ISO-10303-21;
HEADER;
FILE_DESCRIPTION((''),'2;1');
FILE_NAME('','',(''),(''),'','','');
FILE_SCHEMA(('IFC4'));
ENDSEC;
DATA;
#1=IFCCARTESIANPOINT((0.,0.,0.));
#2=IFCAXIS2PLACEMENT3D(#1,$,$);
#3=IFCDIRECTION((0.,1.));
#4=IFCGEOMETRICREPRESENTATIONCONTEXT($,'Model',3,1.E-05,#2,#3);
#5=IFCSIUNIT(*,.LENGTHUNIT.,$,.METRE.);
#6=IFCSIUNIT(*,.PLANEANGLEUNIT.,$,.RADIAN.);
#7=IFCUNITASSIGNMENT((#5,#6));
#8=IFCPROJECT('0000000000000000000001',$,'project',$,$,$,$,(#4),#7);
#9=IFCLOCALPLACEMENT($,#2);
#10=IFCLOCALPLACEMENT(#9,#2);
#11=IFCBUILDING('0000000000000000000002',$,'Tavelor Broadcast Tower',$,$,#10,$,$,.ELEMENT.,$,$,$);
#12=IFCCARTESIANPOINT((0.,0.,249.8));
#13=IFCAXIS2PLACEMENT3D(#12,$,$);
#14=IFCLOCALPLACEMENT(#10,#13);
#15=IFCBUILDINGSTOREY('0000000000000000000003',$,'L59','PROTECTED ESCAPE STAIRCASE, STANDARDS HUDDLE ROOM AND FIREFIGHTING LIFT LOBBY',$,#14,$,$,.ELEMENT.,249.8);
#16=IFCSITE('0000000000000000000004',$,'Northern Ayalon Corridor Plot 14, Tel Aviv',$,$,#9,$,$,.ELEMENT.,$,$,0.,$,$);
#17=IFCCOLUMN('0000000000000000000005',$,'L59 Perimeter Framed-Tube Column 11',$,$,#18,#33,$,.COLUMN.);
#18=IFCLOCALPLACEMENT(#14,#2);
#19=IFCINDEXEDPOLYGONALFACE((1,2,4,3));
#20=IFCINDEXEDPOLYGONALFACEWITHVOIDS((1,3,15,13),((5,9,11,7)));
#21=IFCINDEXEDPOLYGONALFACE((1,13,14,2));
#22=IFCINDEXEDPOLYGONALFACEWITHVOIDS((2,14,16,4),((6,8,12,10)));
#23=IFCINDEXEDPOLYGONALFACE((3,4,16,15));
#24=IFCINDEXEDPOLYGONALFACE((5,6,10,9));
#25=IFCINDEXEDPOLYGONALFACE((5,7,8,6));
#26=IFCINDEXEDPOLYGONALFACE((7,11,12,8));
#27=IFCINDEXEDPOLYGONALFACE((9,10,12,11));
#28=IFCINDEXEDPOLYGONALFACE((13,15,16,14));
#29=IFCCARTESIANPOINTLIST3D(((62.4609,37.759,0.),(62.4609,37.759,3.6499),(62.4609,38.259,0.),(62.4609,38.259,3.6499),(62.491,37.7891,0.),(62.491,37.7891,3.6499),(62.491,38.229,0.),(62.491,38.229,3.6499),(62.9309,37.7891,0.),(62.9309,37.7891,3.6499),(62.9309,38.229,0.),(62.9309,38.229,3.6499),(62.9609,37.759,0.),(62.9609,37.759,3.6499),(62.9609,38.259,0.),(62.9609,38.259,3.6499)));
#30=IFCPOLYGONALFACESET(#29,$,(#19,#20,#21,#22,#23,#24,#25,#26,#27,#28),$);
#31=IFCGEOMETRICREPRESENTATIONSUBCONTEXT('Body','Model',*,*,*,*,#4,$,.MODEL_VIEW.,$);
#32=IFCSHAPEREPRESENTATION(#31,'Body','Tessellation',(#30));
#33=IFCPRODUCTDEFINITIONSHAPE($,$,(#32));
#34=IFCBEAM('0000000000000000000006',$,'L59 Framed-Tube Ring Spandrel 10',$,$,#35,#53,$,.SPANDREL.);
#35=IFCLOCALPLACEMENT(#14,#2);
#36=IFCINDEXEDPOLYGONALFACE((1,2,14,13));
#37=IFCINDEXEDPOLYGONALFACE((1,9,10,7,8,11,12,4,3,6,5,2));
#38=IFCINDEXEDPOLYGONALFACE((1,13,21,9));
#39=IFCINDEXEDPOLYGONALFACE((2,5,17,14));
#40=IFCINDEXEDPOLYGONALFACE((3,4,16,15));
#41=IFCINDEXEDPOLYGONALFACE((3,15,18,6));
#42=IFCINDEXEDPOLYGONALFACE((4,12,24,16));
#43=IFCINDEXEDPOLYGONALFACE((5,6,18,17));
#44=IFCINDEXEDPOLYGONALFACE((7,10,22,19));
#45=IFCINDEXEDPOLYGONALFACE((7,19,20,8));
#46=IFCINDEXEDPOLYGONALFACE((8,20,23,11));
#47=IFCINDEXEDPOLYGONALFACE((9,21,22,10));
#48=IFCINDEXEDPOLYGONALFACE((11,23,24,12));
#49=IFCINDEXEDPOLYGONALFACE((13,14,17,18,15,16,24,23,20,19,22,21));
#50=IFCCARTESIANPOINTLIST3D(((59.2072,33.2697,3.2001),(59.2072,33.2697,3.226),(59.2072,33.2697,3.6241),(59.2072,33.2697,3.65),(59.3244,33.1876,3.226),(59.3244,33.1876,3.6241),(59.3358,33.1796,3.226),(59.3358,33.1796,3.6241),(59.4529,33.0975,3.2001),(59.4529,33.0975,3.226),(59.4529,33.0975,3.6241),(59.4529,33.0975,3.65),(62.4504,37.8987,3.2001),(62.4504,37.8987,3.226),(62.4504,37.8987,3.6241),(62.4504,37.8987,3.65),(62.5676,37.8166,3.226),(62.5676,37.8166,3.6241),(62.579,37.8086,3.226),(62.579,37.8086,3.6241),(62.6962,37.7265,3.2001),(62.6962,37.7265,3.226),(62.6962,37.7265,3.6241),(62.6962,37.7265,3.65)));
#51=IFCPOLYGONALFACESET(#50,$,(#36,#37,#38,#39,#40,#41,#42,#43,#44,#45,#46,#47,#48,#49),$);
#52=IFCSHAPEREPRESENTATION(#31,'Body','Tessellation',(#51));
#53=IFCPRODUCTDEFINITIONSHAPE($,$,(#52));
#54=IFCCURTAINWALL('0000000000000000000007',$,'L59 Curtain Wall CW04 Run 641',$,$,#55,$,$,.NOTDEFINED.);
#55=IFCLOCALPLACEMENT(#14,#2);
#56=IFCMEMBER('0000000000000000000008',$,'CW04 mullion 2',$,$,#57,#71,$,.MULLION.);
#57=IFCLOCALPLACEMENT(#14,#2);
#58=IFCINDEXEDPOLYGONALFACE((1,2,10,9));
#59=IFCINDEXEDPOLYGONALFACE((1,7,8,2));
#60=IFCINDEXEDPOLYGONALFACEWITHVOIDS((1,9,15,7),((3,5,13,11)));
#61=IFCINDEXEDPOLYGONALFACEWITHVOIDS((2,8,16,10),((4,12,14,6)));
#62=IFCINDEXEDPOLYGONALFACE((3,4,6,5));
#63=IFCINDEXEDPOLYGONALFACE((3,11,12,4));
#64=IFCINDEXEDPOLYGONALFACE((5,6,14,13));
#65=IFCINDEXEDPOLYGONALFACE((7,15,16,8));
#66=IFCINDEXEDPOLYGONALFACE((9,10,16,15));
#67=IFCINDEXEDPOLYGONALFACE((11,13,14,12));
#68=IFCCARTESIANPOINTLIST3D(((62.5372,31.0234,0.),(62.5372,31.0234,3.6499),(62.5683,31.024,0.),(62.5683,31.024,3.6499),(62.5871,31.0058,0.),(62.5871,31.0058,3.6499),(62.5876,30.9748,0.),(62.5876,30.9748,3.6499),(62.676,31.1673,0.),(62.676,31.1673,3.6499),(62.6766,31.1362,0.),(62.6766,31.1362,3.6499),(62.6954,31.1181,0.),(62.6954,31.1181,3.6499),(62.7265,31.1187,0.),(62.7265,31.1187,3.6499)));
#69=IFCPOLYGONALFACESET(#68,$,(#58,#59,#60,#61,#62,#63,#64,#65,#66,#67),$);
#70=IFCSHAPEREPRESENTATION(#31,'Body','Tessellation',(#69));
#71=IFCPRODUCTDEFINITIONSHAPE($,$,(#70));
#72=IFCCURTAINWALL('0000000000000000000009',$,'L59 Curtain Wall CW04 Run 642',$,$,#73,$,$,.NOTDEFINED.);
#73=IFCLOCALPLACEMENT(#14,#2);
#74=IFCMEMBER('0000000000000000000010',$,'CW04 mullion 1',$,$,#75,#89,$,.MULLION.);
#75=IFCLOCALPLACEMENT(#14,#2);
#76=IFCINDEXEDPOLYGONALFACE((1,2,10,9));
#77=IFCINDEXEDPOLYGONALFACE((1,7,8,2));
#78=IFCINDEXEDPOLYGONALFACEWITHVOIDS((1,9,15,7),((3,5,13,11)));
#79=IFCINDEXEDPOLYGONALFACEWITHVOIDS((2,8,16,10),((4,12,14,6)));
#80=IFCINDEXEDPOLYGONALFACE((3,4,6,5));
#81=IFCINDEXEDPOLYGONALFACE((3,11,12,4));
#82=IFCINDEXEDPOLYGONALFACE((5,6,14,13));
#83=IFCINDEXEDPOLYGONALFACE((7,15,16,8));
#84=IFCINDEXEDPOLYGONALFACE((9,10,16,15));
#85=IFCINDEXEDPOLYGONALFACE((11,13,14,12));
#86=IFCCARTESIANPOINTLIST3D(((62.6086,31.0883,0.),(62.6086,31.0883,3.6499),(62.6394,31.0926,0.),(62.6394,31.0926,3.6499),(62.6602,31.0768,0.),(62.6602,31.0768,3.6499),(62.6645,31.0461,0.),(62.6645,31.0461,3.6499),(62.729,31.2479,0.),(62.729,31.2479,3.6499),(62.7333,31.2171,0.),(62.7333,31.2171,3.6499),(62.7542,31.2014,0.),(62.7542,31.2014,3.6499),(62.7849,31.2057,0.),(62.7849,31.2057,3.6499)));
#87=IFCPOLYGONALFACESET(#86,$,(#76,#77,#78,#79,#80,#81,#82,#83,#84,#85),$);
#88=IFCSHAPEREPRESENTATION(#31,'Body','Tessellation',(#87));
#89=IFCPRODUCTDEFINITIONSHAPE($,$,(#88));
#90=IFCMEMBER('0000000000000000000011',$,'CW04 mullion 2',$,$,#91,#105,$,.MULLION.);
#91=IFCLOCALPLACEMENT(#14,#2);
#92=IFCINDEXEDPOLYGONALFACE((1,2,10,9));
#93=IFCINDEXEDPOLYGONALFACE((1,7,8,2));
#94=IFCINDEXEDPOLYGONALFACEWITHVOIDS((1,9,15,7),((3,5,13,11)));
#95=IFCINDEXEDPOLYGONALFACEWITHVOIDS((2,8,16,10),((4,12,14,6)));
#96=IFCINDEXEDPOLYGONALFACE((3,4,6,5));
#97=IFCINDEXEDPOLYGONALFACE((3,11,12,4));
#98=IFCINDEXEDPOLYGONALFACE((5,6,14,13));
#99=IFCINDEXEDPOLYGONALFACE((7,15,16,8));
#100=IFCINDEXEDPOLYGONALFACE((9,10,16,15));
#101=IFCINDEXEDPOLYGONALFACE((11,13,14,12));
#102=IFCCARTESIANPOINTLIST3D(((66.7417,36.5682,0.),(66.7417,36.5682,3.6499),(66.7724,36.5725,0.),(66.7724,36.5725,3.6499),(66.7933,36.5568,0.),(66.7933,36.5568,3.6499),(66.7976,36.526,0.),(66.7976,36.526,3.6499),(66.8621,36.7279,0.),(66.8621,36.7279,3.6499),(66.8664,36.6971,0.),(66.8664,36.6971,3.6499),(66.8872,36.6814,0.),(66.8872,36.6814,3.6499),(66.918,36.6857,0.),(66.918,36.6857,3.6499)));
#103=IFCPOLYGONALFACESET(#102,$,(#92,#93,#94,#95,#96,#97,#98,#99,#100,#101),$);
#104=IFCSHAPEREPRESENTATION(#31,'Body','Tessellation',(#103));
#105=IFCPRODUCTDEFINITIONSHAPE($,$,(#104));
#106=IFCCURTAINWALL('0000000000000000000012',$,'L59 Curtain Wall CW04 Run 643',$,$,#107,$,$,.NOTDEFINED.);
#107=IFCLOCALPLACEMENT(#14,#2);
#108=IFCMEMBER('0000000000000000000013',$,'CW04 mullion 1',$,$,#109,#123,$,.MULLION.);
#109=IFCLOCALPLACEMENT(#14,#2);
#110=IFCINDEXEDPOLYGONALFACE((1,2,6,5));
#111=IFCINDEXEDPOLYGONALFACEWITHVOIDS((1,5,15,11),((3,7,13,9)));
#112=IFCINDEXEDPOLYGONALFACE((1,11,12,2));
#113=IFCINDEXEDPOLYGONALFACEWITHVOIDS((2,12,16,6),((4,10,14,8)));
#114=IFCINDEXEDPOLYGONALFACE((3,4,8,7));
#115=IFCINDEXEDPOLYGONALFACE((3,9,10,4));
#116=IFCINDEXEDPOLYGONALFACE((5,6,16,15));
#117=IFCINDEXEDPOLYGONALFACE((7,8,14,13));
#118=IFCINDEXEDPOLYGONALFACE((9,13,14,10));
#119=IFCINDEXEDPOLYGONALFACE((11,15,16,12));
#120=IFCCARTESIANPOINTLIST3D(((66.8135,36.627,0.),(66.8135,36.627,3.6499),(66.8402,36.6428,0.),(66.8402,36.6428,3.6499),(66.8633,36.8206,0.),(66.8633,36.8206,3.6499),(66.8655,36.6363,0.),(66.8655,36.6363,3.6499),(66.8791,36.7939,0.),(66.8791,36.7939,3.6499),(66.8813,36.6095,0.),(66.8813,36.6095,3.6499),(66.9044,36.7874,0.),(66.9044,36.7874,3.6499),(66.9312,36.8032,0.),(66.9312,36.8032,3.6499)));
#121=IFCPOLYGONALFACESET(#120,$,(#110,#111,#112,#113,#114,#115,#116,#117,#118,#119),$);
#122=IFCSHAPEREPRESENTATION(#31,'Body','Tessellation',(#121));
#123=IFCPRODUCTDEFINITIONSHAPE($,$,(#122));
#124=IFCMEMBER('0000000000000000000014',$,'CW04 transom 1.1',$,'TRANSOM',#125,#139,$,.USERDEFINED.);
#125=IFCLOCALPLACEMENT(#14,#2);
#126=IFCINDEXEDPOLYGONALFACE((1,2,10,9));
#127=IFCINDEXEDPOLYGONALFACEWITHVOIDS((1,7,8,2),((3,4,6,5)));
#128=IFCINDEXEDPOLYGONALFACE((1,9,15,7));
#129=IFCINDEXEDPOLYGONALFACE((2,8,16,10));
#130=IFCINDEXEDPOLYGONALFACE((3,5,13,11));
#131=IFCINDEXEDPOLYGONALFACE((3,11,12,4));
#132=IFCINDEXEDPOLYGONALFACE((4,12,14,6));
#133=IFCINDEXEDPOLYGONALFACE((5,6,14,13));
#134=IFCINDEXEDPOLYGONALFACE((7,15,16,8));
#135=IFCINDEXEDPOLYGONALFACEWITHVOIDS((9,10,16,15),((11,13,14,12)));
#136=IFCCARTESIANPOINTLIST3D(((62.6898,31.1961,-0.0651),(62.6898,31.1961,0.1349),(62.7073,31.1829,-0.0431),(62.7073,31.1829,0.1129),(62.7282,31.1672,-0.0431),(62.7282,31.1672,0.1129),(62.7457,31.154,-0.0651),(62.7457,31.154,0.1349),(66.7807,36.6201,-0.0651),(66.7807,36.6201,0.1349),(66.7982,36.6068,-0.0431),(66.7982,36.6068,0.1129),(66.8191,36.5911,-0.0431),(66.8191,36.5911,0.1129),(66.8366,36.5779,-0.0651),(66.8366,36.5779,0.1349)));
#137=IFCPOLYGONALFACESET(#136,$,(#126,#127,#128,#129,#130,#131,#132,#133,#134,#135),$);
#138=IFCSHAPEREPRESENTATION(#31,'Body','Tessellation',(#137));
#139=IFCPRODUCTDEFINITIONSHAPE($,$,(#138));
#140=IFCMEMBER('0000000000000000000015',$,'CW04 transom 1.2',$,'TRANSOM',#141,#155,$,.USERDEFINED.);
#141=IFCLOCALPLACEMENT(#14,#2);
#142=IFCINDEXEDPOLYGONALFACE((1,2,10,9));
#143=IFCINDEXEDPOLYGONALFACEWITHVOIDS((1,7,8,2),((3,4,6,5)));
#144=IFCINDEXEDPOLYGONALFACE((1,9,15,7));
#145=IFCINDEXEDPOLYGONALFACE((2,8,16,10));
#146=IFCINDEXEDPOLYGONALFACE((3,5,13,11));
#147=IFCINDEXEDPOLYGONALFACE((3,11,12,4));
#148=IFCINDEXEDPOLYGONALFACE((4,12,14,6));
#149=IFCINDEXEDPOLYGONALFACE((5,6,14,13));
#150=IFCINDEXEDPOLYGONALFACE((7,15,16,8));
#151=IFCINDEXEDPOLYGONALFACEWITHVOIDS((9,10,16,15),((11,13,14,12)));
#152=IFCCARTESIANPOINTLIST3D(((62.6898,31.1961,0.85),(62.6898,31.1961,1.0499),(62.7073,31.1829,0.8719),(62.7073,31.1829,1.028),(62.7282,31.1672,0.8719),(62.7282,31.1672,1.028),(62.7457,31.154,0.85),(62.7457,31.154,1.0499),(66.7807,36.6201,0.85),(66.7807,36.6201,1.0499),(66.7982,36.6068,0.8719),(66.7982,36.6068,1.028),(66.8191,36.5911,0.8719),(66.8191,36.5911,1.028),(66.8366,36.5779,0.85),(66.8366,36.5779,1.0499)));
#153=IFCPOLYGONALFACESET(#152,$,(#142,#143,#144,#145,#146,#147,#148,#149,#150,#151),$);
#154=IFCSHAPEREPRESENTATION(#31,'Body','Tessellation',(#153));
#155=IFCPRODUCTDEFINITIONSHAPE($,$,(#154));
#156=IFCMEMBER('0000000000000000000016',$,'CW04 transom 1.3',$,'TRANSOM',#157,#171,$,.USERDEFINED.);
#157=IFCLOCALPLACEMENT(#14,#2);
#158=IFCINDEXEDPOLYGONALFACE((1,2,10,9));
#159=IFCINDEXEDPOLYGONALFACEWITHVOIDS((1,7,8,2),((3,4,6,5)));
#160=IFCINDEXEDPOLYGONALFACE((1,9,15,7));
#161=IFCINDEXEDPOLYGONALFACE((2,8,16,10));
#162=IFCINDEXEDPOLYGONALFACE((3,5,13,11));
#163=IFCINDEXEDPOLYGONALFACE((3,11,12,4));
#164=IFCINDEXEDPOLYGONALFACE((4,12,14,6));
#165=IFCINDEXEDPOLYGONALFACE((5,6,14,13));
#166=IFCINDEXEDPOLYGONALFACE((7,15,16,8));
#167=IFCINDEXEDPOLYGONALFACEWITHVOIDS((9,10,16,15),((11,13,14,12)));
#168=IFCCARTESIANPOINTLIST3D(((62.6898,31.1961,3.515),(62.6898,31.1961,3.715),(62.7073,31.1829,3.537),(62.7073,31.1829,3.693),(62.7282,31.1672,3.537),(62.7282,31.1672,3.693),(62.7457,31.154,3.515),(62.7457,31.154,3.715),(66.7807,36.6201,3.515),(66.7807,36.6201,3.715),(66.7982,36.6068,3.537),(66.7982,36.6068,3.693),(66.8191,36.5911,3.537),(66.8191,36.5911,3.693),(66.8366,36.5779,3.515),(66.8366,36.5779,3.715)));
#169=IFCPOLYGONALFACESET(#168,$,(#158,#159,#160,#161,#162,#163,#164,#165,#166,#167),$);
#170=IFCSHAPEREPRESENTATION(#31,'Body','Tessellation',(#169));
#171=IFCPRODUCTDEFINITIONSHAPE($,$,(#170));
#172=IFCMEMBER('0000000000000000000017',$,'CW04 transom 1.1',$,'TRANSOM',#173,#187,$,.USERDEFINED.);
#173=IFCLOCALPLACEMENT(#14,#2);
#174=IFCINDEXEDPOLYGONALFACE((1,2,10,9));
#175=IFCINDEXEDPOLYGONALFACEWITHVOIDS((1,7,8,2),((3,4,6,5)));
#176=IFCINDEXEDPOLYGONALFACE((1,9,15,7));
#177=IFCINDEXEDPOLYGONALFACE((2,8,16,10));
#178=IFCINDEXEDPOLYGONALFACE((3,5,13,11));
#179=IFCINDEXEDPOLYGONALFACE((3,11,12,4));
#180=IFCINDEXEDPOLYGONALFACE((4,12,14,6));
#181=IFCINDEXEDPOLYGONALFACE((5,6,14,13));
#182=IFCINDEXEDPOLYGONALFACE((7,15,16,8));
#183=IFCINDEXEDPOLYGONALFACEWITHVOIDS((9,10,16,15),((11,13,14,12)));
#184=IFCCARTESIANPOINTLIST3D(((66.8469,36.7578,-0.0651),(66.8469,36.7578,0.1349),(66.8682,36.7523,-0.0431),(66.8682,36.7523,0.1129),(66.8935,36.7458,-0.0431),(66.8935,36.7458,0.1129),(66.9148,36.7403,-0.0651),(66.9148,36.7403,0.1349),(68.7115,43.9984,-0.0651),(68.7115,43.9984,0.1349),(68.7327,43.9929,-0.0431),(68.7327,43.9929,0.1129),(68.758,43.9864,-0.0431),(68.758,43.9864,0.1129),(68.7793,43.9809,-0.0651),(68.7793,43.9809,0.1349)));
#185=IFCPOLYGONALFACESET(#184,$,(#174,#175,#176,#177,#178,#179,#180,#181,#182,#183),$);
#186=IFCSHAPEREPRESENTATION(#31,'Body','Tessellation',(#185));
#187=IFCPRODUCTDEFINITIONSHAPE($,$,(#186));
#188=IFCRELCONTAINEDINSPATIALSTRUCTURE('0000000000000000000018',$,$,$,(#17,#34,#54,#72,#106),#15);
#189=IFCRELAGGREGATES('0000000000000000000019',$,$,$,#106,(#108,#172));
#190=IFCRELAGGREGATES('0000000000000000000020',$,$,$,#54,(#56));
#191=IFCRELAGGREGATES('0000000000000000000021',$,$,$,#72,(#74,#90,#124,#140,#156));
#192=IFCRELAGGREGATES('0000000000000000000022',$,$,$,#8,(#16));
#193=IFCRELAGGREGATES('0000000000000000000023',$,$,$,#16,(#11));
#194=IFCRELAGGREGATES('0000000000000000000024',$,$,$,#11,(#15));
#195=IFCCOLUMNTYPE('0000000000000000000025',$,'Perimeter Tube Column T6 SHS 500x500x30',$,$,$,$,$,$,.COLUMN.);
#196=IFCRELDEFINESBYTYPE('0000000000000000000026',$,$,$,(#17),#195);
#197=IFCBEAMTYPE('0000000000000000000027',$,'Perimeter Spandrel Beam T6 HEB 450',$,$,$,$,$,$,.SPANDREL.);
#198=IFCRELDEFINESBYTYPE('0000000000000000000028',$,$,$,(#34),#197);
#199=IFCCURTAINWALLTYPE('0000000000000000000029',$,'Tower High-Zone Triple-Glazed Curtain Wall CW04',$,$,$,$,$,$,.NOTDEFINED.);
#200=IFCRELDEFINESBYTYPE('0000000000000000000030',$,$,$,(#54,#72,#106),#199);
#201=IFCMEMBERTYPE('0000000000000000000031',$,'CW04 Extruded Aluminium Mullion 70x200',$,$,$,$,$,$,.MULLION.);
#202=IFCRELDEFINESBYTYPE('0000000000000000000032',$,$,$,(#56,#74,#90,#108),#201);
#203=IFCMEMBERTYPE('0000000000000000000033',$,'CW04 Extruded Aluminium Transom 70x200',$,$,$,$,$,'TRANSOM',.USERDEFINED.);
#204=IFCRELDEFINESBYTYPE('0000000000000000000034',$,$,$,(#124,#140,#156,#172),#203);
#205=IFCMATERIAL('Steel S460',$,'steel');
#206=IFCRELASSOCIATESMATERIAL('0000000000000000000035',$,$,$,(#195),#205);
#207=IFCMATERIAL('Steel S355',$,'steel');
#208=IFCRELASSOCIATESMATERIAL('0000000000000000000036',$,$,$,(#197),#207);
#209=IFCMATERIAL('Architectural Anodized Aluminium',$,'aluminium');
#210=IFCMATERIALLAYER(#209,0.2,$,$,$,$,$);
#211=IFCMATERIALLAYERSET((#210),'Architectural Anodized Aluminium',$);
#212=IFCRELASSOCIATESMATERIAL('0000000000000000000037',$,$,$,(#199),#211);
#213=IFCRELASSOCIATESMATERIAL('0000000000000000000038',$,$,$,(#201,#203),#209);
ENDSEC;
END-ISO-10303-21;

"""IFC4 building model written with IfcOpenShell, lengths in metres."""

from ifc_helpers import new_model, si_unit, direction, frame, origin, origin_2d, place, context, subcontext, project, spatial, hollow_rectangle, i_section, extrude, source, transform, mapped, material, layer, layer_set, material_profile, profile_set, type_object, type_shapes, element, aggregate, save


model = new_model("IFC4")

# Units and contexts
model_context = context("Model", 3, precision=1e-05, world=origin(), true_north=direction((0.0, 1.0)))
body_context = subcontext(model_context, "Body", "Model", "MODEL_VIEW")
ifc_project = project(units=[si_unit("LENGTHUNIT", "METRE"), si_unit("PLANEANGLEUNIT", "RADIAN")], contexts=[model_context])

# Site, building, storey
site_placement = place(None, origin())
site = spatial("IfcSite", under=ifc_project, at=site_placement, Name="Northern Ayalon Corridor Plot 14, Tel Aviv", CompositionType="ELEMENT", RefElevation=0.0)
building_placement = place(site_placement, origin())
building = spatial("IfcBuilding", under=site, at=building_placement, Name="Tavelor Broadcast Tower", CompositionType="ELEMENT")
storey_placement = place(building_placement, frame((0.0, 0.0, 249.8)))
storey = spatial("IfcBuildingStorey", under=building, at=storey_placement, Name="L59", Description="PROTECTED ESCAPE STAIRCASE, STANDARDS HUDDLE ROOM AND FIREFIGHTING LIFT LOBBY", CompositionType="ELEMENT", Elevation=249.8)

# Column
ifc_material_1 = material(Name="Steel S460", Category="steel")
ifc_material_profile_1 = material_profile(ifc_material_1, hollow_rectangle(XDim=0.5, YDim=0.5, WallThickness=0.03, at=origin_2d()), Name="SHS 500x500x30")
ifc_profile_set_1 = profile_set([ifc_material_profile_1], Name="Steel S460")
column_type = type_object("IfcColumnType", Name="Perimeter Tube Column T6 SHS 500x500x30", PredefinedType="COLUMN", material=ifc_profile_set_1)
column_placement = place(storey_placement, frame((62.7109, 38.009, 0.0), z_axis=(0.0, 0.0, 1.0), x_axis=(1.0, 0.0, 0.0)))
element("IfcColumn", 1, at=column_placement, inside=storey, type_object=column_type, Name="L59 Perimeter Framed-Tube Column 11", PredefinedType="COLUMN", context=body_context, shape_type="SweptSolid", body=[
    extrude(hollow_rectangle(XDim=0.5, YDim=0.5, WallThickness=0.03, at=origin_2d()), origin(), (0.0, 0.0, 1.0), 3.6499),
])

# Beam
ifc_material_2 = material(Name="Steel S355", Category="steel")
ifc_material_profile_2 = material_profile(ifc_material_2, i_section(OverallWidth=0.3, OverallDepth=0.45, WebThickness=0.0139, FlangeThickness=0.0259, at=origin_2d()), Name="HEB 450")
ifc_profile_set_2 = profile_set([ifc_material_profile_2], Name="Steel S355")
beam_type = type_object("IfcBeamType", Name="Perimeter Spandrel Beam T6 HEB 450", PredefinedType="SPANDREL", material=ifc_profile_set_2)
beam_placement = place(storey_placement, frame((59.3301, 33.1836, 3.425), z_axis=(0.57381, 0.818988, 0.0), x_axis=(-0.818988, 0.57381, 0.0)))
element("IfcBeam", 2, at=beam_placement, inside=storey, type_object=beam_type, Name="L59 Framed-Tube Ring Spandrel 10", PredefinedType="SPANDREL", context=body_context, shape_type="SweptSolid", body=[
    extrude(i_section(OverallWidth=0.3, OverallDepth=0.45, WebThickness=0.0139, FlangeThickness=0.0259, at=origin_2d()), origin(), (0.0, 0.0, 1.0), 5.6521),
])

# Curtain wall, member
ifc_material_3 = material(Name="Architectural Anodized Aluminium", Category="aluminium")
ifc_layer_1 = layer(ifc_material_3, 0.2)
ifc_layer_set_1 = layer_set([ifc_layer_1], Name="Architectural Anodized Aluminium")
curtain_wall_type = type_object("IfcCurtainWallType", Name="Tower High-Zone Triple-Glazed Curtain Wall CW04", PredefinedType="NOTDEFINED", material=ifc_layer_set_1)
curtain_wall_1_placement = place(storey_placement, origin())
curtain_wall_1 = element("IfcCurtainWall", 3, at=curtain_wall_1_placement, inside=storey, type_object=curtain_wall_type, Name="L59 Curtain Wall CW04 Run 641", PredefinedType="NOTDEFINED")
ifc_material_profile_3 = material_profile(ifc_material_3, hollow_rectangle(XDim=0.0701, YDim=0.2, WallThickness=0.022, at=origin_2d()), Name="RHS 70x200x22")
ifc_profile_set_3 = profile_set([ifc_material_profile_3], Name="Architectural Anodized Aluminium")
member_type_1 = type_object("IfcMemberType", Name="CW04 Extruded Aluminium Mullion 70x200", PredefinedType="MULLION", material=ifc_profile_set_3)
shared_shape_1 = source(origin(), body_context, "Body", "SweptSolid", [
    extrude(hollow_rectangle(XDim=0.0701, YDim=0.2, WallThickness=0.022, at=origin_2d()), origin(), (0.0, 0.0, 1.0), 3.6499),
])
type_shapes(member_type_1, [shared_shape_1])
member_1_placement = place(storey_placement, frame((62.6318, 31.071, 0.0), z_axis=(0.0, 0.0, 1.0), x_axis=(-0.71965, 0.694337, 0.0)))
member_1 = element("IfcMember", 4, at=member_1_placement, type_object=member_type_1, Name="CW04 mullion 2", PredefinedType="MULLION", context=body_context, shape_type="MappedRepresentation", body=[
    mapped(shared_shape_1, transform((0.0, 0.0, 0.0), scale=1.0)),
])

# Curtain wall, members
curtain_wall_2_placement = place(storey_placement, origin())
curtain_wall_2 = element("IfcCurtainWall", 5, at=curtain_wall_2_placement, inside=storey, type_object=curtain_wall_type, Name="L59 Curtain Wall CW04 Run 642", PredefinedType="NOTDEFINED")
member_2_placement = place(storey_placement, frame((62.6968, 31.147, 0.0), z_axis=(0.0, 0.0, 1.0), x_axis=(-0.798375, 0.60216, 0.0)))
member_2 = element("IfcMember", 6, at=member_2_placement, type_object=member_type_1, Name="CW04 mullion 1", PredefinedType="MULLION", context=body_context, shape_type="MappedRepresentation", body=[
    mapped(shared_shape_1, transform((0.0, 0.0, 0.0), scale=1.0)),
])
member_3_placement = place(storey_placement, frame((66.8298, 36.627, 0.0), z_axis=(0.0, 0.0, 1.0), x_axis=(-0.798375, 0.60216, 0.0)))
member_3 = element("IfcMember", 7, at=member_3_placement, type_object=member_type_1, Name="CW04 mullion 2", PredefinedType="MULLION", context=body_context, shape_type="MappedRepresentation", body=[
    mapped(shared_shape_1, transform((0.0, 0.0, 0.0), scale=1.0)),
])

# Curtain wall, member
curtain_wall_3_placement = place(storey_placement, origin())
curtain_wall_3 = element("IfcCurtainWall", 8, at=curtain_wall_3_placement, inside=storey, type_object=curtain_wall_type, Name="L59 Curtain Wall CW04 Run 643", PredefinedType="NOTDEFINED")
member_4_placement = place(storey_placement, frame((66.8723, 36.7151, 0.0), z_axis=(0.0, 0.0, 1.0), x_axis=(-0.968409, 0.249366, 0.0)))
member_4 = element("IfcMember", 9, at=member_4_placement, type_object=member_type_1, Name="CW04 mullion 1", PredefinedType="MULLION", context=body_context, shape_type="MappedRepresentation", body=[
    mapped(shared_shape_1, transform((0.0, 0.0, 0.0), scale=1.0)),
])

# Members
ifc_material_profile_4 = material_profile(ifc_material_3, hollow_rectangle(XDim=0.0701, YDim=0.2, WallThickness=0.022, at=origin_2d()), Name="RHS 70x200x22")
ifc_profile_set_4 = profile_set([ifc_material_profile_4], Name="Architectural Anodized Aluminium")
member_type_2 = type_object("IfcMemberType", Name="CW04 Extruded Aluminium Transom 70x200", ElementType="TRANSOM", PredefinedType="USERDEFINED", material=ifc_profile_set_4)
shared_shape_2 = source(origin(), body_context, "Body", "SweptSolid", [
    extrude(hollow_rectangle(XDim=0.0701, YDim=0.2, WallThickness=0.022, at=origin_2d()), origin(), (0.0, 0.0, 1.0), 6.7937),
])
member_5_placement = place(storey_placement, frame((62.7178, 31.175, 0.0349), z_axis=(0.60216, 0.798376, 0.0), x_axis=(-0.798376, 0.60216, 0.0)))
member_5 = element("IfcMember", 10, at=member_5_placement, type_object=member_type_2, Name="CW04 transom 1.1", ObjectType="TRANSOM", PredefinedType="USERDEFINED", context=body_context, shape_type="MappedRepresentation", body=[
    mapped(shared_shape_2, transform((0.0, 0.0, 0.0), scale=1.0)),
])
member_6_placement = place(storey_placement, frame((62.7178, 31.175, 0.95), z_axis=(0.60216, 0.798376, 0.0), x_axis=(-0.798376, 0.60216, 0.0)))
member_6 = element("IfcMember", 11, at=member_6_placement, type_object=member_type_2, Name="CW04 transom 1.2", ObjectType="TRANSOM", PredefinedType="USERDEFINED", context=body_context, shape_type="MappedRepresentation", body=[
    mapped(shared_shape_2, transform((0.0, 0.0, 0.0), scale=1.0)),
])
member_7_placement = place(storey_placement, frame((62.7178, 31.175, 3.615), z_axis=(0.60216, 0.798376, 0.0), x_axis=(-0.798376, 0.60216, 0.0)))
member_7 = element("IfcMember", 12, at=member_7_placement, type_object=member_type_2, Name="CW04 transom 1.3", ObjectType="TRANSOM", PredefinedType="USERDEFINED", context=body_context, shape_type="MappedRepresentation", body=[
    mapped(shared_shape_2, transform((0.0, 0.0, 0.0), scale=1.0)),
])
shared_shape_3 = source(origin(), body_context, "Body", "SweptSolid", [
    extrude(hollow_rectangle(XDim=0.0701, YDim=0.2, WallThickness=0.022, at=origin_2d()), origin(), (0.0, 0.0, 1.0), 7.4768),
])
type_shapes(member_type_2, [shared_shape_2, shared_shape_3])
member_8_placement = place(storey_placement, frame((66.8809, 36.749, 0.0349), z_axis=(0.249375, 0.968407, 0.0), x_axis=(-0.968407, 0.249375, 0.0)))
member_8 = element("IfcMember", 13, at=member_8_placement, type_object=member_type_2, Name="CW04 transom 1.1", ObjectType="TRANSOM", PredefinedType="USERDEFINED", context=body_context, shape_type="MappedRepresentation", body=[
    mapped(shared_shape_3, transform((0.0, 0.0, 0.0), scale=1.0)),
])
aggregate(curtain_wall_3, [member_4, member_8])

aggregate(curtain_wall_1, [member_1])
aggregate(curtain_wall_2, [member_2, member_3, member_5, member_6, member_7])

save(model, "model.ifc")
